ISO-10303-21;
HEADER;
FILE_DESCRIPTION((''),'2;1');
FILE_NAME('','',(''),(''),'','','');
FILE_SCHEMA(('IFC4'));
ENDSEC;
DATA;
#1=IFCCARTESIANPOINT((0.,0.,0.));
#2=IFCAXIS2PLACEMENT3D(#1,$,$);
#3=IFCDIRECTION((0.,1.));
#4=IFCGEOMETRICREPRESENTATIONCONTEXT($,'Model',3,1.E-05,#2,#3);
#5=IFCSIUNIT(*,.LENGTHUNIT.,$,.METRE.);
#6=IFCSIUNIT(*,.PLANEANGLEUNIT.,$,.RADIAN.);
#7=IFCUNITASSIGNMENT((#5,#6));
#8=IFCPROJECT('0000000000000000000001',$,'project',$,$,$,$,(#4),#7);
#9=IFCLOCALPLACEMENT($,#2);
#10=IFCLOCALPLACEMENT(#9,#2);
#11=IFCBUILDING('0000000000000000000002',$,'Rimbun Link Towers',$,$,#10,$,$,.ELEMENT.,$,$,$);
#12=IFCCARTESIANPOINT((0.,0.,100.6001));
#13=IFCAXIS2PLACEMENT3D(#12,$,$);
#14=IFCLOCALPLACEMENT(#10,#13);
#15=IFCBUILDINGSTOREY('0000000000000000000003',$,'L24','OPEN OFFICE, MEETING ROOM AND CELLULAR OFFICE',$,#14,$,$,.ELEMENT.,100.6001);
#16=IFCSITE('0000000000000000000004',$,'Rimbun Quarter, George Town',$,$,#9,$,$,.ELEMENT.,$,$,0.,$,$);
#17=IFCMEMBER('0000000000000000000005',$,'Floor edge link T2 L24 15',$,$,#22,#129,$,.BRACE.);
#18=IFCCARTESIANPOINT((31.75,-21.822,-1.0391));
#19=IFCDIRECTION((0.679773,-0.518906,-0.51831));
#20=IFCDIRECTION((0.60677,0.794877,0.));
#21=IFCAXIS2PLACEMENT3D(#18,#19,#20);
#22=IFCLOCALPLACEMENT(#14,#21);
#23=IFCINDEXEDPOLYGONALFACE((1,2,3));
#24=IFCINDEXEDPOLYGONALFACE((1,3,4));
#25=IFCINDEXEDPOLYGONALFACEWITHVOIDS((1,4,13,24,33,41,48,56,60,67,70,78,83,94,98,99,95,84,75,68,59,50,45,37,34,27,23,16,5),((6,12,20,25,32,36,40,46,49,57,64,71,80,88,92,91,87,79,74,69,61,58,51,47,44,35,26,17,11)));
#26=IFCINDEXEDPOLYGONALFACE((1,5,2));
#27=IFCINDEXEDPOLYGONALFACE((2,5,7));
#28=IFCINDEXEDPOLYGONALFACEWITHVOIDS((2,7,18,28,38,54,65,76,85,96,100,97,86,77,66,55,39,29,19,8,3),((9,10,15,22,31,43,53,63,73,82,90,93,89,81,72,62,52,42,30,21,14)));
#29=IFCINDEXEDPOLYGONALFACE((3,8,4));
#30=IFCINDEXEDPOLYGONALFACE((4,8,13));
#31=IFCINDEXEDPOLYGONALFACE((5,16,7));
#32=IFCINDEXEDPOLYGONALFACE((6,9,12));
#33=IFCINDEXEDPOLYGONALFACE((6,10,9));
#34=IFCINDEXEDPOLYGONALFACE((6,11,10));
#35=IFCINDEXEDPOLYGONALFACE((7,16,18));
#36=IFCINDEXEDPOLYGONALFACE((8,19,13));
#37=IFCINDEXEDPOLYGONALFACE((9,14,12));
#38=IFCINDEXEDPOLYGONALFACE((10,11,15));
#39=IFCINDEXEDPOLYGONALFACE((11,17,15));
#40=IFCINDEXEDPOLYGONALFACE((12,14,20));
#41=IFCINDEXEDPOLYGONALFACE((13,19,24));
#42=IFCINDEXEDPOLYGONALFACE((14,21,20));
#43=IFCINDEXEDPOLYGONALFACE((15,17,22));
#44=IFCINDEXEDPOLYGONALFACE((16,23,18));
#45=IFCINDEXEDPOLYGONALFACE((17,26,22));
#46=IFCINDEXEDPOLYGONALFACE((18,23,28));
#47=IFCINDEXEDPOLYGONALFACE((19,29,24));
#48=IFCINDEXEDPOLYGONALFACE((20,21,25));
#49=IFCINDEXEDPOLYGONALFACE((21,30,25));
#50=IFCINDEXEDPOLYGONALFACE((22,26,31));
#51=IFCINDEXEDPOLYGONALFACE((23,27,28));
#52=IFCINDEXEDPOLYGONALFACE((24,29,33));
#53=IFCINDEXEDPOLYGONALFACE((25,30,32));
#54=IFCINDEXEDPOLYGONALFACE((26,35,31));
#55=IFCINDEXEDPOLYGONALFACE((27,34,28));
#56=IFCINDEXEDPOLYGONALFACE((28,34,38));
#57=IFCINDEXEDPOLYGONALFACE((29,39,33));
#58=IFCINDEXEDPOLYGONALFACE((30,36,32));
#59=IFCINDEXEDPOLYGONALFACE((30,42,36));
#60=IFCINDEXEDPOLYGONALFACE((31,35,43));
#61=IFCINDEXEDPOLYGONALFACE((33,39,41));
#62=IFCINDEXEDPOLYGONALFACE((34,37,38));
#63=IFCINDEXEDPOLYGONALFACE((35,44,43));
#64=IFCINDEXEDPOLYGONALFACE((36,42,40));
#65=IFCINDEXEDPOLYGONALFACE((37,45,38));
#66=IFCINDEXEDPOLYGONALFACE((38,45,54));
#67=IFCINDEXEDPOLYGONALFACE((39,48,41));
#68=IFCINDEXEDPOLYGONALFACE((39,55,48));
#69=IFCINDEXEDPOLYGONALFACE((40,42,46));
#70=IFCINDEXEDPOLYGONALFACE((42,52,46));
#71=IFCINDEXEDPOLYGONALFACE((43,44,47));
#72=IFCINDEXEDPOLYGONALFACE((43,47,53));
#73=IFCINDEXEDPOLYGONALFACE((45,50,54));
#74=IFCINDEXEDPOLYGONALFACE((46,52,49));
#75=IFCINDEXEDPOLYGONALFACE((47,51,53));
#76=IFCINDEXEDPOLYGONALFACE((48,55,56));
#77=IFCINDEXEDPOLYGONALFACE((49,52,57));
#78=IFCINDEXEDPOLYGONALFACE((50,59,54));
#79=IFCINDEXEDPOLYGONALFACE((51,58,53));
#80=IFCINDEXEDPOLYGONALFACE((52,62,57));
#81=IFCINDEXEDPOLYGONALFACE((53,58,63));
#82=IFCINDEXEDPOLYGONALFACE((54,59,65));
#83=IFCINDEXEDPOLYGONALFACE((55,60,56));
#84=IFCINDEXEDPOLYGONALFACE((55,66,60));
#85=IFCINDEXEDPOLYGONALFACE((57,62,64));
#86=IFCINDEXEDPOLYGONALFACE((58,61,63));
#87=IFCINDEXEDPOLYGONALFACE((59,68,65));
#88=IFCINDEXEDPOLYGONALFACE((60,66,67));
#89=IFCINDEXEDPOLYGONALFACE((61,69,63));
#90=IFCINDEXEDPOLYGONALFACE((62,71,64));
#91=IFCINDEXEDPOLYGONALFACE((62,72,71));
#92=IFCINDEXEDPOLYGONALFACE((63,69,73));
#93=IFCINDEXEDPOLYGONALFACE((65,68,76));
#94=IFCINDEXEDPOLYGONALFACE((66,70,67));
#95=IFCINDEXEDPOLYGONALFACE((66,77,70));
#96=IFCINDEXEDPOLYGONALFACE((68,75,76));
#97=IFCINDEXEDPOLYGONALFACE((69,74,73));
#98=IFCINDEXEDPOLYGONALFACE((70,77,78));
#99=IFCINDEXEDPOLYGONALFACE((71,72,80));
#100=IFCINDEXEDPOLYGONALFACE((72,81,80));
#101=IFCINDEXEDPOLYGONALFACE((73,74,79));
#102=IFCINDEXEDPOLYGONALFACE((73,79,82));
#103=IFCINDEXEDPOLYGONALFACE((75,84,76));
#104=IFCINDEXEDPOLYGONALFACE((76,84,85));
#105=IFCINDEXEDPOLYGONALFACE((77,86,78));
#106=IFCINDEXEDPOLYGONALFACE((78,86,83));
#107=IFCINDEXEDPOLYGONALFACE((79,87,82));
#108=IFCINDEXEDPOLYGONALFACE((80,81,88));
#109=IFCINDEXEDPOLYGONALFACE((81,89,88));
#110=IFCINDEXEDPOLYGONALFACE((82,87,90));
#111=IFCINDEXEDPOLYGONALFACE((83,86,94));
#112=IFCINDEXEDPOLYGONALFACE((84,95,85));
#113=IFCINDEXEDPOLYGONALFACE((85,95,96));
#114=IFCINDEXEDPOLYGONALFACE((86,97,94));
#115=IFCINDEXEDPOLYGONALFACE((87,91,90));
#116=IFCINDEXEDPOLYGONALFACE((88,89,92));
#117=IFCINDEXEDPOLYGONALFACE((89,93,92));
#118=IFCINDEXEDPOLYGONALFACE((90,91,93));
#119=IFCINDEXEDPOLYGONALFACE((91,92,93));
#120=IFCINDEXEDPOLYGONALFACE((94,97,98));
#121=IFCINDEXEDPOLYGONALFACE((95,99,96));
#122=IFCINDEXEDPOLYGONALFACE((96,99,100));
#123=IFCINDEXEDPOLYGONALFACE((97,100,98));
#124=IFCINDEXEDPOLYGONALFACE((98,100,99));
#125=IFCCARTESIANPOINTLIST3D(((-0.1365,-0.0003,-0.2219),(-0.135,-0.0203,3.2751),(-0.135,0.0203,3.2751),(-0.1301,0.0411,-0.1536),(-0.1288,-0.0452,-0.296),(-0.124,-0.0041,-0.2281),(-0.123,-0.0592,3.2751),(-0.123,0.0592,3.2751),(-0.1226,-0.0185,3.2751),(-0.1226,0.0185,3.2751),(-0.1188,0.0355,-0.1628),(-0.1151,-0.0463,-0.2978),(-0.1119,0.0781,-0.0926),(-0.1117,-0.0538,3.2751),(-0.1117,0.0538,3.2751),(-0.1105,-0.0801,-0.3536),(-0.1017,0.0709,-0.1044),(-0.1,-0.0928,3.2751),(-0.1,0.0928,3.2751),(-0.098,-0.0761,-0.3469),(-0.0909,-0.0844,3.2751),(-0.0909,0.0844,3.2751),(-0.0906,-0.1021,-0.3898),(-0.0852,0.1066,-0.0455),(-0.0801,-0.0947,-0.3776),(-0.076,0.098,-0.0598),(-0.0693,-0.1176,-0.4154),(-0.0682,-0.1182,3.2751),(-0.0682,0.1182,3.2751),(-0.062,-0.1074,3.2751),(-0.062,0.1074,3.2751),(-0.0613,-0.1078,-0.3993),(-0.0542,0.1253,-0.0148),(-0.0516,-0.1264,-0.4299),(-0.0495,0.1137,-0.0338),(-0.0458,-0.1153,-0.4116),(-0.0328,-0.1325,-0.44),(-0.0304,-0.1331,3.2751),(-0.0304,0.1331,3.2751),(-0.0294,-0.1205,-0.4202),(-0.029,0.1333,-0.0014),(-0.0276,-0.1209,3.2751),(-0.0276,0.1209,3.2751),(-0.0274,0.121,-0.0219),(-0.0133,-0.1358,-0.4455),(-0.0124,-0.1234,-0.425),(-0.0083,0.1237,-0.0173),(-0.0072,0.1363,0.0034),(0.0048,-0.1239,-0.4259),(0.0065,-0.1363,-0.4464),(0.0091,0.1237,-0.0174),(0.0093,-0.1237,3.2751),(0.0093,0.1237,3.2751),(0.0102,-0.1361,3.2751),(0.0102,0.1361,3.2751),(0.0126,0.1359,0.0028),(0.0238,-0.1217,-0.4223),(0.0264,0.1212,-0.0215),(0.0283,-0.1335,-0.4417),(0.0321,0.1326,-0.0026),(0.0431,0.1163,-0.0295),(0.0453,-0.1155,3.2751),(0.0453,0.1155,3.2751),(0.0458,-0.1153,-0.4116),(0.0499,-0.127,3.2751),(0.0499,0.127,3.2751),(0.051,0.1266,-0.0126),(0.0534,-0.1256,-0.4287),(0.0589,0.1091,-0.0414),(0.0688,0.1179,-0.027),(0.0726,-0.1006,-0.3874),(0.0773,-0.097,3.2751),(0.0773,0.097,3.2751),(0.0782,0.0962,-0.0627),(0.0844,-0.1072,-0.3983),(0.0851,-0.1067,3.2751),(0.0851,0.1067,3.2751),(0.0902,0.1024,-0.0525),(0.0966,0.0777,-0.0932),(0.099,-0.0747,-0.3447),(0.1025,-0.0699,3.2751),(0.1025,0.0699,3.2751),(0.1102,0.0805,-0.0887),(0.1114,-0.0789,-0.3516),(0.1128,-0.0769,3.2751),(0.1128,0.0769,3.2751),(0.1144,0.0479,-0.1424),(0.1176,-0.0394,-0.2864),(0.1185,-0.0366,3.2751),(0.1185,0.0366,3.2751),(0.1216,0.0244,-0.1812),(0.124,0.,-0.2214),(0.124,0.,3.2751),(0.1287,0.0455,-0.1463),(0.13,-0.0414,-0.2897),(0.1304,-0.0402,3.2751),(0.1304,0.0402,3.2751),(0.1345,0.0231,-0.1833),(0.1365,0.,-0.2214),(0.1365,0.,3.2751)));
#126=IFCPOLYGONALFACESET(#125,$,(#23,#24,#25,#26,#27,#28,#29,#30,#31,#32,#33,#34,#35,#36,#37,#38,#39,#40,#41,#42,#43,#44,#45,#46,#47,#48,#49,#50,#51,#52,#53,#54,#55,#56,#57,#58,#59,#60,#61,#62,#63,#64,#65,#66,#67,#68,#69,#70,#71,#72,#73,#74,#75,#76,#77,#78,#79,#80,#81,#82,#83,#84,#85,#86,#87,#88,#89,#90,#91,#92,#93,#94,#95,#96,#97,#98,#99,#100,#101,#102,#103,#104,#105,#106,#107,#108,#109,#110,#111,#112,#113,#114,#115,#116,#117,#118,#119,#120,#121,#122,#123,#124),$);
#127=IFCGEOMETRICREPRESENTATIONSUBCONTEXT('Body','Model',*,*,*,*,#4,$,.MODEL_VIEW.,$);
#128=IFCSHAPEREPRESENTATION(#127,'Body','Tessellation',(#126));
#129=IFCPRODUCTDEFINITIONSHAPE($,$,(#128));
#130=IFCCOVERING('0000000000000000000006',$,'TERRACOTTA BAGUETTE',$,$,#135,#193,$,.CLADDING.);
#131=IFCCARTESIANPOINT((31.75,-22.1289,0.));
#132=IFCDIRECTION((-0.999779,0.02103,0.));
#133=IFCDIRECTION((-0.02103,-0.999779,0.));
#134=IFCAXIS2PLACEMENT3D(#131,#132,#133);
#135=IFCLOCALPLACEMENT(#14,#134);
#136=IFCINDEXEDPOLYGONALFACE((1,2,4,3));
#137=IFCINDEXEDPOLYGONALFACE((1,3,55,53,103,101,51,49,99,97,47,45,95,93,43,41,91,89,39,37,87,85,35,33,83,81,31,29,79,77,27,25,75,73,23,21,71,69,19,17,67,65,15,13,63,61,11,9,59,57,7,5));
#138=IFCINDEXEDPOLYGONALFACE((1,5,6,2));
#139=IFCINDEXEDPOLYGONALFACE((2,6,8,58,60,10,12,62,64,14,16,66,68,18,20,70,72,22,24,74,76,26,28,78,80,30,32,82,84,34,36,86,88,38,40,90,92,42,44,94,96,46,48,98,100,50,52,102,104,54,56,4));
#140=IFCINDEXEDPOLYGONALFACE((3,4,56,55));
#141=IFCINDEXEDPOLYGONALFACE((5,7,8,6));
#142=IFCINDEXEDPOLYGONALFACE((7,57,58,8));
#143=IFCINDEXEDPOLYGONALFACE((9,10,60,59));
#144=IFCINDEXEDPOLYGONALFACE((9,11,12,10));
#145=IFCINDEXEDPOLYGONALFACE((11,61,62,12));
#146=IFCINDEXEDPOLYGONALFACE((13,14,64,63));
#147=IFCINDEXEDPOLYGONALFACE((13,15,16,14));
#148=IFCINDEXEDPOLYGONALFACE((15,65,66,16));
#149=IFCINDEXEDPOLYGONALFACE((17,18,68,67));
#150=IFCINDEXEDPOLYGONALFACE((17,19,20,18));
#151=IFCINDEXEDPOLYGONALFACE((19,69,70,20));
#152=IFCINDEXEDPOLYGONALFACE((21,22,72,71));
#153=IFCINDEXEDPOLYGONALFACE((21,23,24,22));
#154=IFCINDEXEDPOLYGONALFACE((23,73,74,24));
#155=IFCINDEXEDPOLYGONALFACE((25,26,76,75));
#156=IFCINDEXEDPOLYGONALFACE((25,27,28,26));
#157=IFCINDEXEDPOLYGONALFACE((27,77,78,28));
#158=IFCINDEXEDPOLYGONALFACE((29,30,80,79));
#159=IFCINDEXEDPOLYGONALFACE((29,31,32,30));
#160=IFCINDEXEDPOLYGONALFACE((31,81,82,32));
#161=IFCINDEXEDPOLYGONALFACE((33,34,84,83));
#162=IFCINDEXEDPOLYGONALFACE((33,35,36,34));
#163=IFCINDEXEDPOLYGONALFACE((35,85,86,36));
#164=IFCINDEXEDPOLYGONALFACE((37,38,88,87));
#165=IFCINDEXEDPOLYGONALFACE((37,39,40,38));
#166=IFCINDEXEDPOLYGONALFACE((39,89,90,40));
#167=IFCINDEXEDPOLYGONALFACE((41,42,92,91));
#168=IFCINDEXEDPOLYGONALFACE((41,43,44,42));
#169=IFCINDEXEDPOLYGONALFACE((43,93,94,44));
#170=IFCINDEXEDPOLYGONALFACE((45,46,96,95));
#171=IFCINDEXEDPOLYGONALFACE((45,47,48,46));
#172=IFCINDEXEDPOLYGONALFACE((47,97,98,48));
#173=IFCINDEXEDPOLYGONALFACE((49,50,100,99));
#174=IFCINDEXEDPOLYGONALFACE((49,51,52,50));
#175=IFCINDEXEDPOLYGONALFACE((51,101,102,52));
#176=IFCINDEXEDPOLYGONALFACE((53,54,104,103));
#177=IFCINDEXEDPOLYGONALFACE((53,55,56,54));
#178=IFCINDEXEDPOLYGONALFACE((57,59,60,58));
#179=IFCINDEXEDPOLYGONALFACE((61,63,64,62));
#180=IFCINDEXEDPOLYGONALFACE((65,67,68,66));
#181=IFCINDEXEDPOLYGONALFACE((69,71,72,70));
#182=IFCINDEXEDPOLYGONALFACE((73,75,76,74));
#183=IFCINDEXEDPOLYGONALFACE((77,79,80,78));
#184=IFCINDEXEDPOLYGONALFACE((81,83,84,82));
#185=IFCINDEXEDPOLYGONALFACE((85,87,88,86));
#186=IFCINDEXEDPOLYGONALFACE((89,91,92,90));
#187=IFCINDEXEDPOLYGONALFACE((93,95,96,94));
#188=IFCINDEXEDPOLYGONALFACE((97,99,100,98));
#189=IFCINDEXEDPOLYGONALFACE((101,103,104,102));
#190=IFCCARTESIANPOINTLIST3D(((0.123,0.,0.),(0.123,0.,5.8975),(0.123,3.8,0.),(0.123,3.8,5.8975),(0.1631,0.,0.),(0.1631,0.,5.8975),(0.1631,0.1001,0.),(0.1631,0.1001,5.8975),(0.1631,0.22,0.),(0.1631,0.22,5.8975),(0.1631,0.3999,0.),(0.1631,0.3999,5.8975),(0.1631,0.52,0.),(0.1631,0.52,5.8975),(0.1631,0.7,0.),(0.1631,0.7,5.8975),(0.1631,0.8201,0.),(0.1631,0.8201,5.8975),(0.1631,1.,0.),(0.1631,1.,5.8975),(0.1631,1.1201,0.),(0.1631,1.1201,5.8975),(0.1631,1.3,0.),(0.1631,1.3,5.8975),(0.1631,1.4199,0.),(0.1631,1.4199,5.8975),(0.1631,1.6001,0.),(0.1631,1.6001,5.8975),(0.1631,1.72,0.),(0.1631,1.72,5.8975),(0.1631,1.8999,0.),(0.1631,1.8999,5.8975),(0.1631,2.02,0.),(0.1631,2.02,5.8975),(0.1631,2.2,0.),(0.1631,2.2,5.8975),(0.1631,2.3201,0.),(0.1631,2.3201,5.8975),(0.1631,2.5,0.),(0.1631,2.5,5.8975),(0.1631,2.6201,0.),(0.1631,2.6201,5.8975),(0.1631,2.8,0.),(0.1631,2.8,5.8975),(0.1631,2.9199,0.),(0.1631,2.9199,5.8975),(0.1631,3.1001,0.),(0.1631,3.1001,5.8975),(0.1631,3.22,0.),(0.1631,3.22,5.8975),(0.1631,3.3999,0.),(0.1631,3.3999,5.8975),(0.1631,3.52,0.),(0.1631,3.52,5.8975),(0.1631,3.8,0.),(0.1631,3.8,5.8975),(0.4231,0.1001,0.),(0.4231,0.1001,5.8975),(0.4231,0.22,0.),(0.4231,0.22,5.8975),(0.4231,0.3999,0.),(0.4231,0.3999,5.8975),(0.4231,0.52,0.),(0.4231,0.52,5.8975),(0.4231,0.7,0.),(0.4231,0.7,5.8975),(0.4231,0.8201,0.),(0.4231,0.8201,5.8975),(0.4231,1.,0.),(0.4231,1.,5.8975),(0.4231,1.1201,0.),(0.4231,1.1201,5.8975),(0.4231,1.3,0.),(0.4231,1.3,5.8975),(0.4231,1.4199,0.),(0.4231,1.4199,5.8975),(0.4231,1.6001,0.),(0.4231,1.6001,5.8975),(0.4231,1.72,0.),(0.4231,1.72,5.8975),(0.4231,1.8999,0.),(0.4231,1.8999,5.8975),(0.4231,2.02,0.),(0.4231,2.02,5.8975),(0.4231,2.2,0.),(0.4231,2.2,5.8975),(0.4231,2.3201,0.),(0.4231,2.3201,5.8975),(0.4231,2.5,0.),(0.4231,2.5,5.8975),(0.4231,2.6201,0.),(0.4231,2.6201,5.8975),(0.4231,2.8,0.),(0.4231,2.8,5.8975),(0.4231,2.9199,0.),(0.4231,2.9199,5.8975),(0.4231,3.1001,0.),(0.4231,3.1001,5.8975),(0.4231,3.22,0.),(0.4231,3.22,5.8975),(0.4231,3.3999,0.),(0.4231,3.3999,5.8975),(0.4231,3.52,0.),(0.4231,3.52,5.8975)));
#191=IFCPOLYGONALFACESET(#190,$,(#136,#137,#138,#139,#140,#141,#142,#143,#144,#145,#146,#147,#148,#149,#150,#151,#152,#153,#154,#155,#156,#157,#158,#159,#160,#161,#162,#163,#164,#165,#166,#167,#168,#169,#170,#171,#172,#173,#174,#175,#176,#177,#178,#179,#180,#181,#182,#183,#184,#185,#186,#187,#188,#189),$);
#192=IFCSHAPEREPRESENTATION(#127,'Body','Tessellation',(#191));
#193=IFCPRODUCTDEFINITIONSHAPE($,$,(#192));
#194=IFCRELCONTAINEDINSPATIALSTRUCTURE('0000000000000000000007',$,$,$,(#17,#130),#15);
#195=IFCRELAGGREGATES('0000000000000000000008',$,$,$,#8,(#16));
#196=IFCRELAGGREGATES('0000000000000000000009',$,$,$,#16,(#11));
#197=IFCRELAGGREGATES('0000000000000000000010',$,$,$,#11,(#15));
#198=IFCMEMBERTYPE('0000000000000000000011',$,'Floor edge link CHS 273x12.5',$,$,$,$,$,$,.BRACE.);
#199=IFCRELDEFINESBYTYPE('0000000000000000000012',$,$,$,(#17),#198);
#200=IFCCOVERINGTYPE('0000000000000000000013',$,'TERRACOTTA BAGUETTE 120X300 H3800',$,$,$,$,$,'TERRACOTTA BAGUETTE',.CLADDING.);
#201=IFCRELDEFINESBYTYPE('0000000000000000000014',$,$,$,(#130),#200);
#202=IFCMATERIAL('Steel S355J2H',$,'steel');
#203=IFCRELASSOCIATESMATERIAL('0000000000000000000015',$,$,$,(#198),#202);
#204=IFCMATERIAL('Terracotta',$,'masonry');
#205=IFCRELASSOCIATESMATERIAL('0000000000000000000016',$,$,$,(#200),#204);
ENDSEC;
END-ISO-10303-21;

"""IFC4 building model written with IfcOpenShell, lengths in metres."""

from ifc_helpers import new_model, si_unit, direction, frame, origin, origin_2d, place, context, subcontext, project, spatial, polyline, hollow_circle, outline, extrude, clip, halfspace, material, material_profile, profile_set, type_object, element, save


model = new_model("IFC4")

# Units and contexts
model_context = context("Model", 3, precision=1e-05, world=origin(), true_north=direction((0.0, 1.0)))
body_context = subcontext(model_context, "Body", "Model", "MODEL_VIEW")
ifc_project = project(units=[si_unit("LENGTHUNIT", "METRE"), si_unit("PLANEANGLEUNIT", "RADIAN")], contexts=[model_context])

# Site, building, storey
site_placement = place(None, origin())
site = spatial("IfcSite", under=ifc_project, at=site_placement, Name="Rimbun Quarter, George Town", CompositionType="ELEMENT", RefElevation=0.0)
building_placement = place(site_placement, origin())
building = spatial("IfcBuilding", under=site, at=building_placement, Name="Rimbun Link Towers", CompositionType="ELEMENT")
storey_placement = place(building_placement, frame((0.0, 0.0, 100.6001)))
storey = spatial("IfcBuildingStorey", under=building, at=storey_placement, Name="L24", Description="OPEN OFFICE, MEETING ROOM AND CELLULAR OFFICE", CompositionType="ELEMENT", Elevation=100.6001)

# Member
ifc_material_1 = material(Name="Steel S355J2H", Category="steel")
ifc_material_profile_1 = material_profile(ifc_material_1, hollow_circle(Radius=0.1365, WallThickness=0.0125, at=origin_2d()), Name="CHS 273x12.5")
ifc_profile_set_1 = profile_set([ifc_material_profile_1], Name="Steel S355J2H")
member_type_1 = type_object("IfcMemberType", Name="Floor edge link CHS 273x12.5", PredefinedType="BRACE", material=ifc_profile_set_1)
member_1_placement = place(storey_placement, frame((31.75, -21.822, -1.0391), z_axis=(0.679773, -0.518906, -0.51831), x_axis=(0.60677, 0.794877, 0.0)))
element("IfcMember", 1, at=member_1_placement, inside=storey, type_object=member_type_1, Name="Floor edge link T2 L24 15", PredefinedType="BRACE", context=body_context, shape_type="Clipping", body=[
    clip(extrude(hollow_circle(Radius=0.1365, WallThickness=0.0125, at=origin_2d()), frame((0.0, 0.0, -0.4697)), (0.0, 0.0, 1.0), 3.7449), halfspace(frame((0.0, 0.0, -0.2214), z_axis=(0.0, 0.855193, -0.51831)), False)),
])

# Covering
ifc_material_2 = material(Name="Terracotta", Category="masonry")
ifc_material_profile_2 = material_profile(ifc_material_2, outline(polyline([(0.123, 0.0), (0.1631, 0.0), (0.1631, 0.1001), (0.4231, 0.1001), (0.4231, 0.22), (0.1631, 0.22), (0.1631, 0.3999), (0.4231, 0.3999), (0.4231, 0.52), (0.1631, 0.52), (0.1631, 0.7), (0.4231, 0.7), (0.4231, 0.8201), (0.1631, 0.8201), (0.1631, 1.0), (0.4231, 1.0), (0.4231, 1.1201), (0.1631, 1.1201), (0.1631, 1.3), (0.4231, 1.3), (0.4231, 1.4199), (0.1631, 1.4199), (0.1631, 1.6001), (0.4231, 1.6001), (0.4231, 1.72), (0.1631, 1.72), (0.1631, 1.8999), (0.4231, 1.8999), (0.4231, 2.02), (0.1631, 2.02), (0.1631, 2.2), (0.4231, 2.2), (0.4231, 2.3201), (0.1631, 2.3201), (0.1631, 2.5), (0.4231, 2.5), (0.4231, 2.6201), (0.1631, 2.6201), (0.1631, 2.8), (0.4231, 2.8), (0.4231, 2.9199), (0.1631, 2.9199), (0.1631, 3.1001), (0.4231, 3.1001), (0.4231, 3.22), (0.1631, 3.22), (0.1631, 3.3999), (0.4231, 3.3999), (0.4231, 3.52), (0.1631, 3.52), (0.1631, 3.8), (0.123, 3.8), (0.123, 0.0)])), Name="BAGUETTE 120X300")
ifc_profile_set_2 = profile_set([ifc_material_profile_2], Name="Terracotta")
covering_type = type_object("IfcCoveringType", Name="TERRACOTTA BAGUETTE 120X300 H3800", ElementType="TERRACOTTA BAGUETTE", PredefinedType="CLADDING", material=ifc_profile_set_2)
covering_placement = place(storey_placement, frame((31.75, -22.1289, 0.0), z_axis=(-0.999779, 0.02103, 0.0), x_axis=(-0.02103, -0.999779, 0.0)))
element("IfcCovering", 2, at=covering_placement, inside=storey, type_object=covering_type, Name="TERRACOTTA BAGUETTE", PredefinedType="CLADDING", context=body_context, shape_type="SweptSolid", body=[
    extrude(outline(polyline([(0.123, 0.0), (0.1631, 0.0), (0.1631, 0.1001), (0.4231, 0.1001), (0.4231, 0.22), (0.1631, 0.22), (0.1631, 0.3999), (0.4231, 0.3999), (0.4231, 0.52), (0.1631, 0.52), (0.1631, 0.7), (0.4231, 0.7), (0.4231, 0.8201), (0.1631, 0.8201), (0.1631, 1.0), (0.4231, 1.0), (0.4231, 1.1201), (0.1631, 1.1201), (0.1631, 1.3), (0.4231, 1.3), (0.4231, 1.4199), (0.1631, 1.4199), (0.1631, 1.6001), (0.4231, 1.6001), (0.4231, 1.72), (0.1631, 1.72), (0.1631, 1.8999), (0.4231, 1.8999), (0.4231, 2.02), (0.1631, 2.02), (0.1631, 2.2), (0.4231, 2.2), (0.4231, 2.3201), (0.1631, 2.3201), (0.1631, 2.5), (0.4231, 2.5), (0.4231, 2.6201), (0.1631, 2.6201), (0.1631, 2.8), (0.4231, 2.8), (0.4231, 2.9199), (0.1631, 2.9199), (0.1631, 3.1001), (0.4231, 3.1001), (0.4231, 3.22), (0.1631, 3.22), (0.1631, 3.3999), (0.4231, 3.3999), (0.4231, 3.52), (0.1631, 3.52), (0.1631, 3.8), (0.123, 3.8), (0.123, 0.0)])), origin(), (0.0, 0.0, 1.0), 5.8975),
])

save(model, "model.ifc")
